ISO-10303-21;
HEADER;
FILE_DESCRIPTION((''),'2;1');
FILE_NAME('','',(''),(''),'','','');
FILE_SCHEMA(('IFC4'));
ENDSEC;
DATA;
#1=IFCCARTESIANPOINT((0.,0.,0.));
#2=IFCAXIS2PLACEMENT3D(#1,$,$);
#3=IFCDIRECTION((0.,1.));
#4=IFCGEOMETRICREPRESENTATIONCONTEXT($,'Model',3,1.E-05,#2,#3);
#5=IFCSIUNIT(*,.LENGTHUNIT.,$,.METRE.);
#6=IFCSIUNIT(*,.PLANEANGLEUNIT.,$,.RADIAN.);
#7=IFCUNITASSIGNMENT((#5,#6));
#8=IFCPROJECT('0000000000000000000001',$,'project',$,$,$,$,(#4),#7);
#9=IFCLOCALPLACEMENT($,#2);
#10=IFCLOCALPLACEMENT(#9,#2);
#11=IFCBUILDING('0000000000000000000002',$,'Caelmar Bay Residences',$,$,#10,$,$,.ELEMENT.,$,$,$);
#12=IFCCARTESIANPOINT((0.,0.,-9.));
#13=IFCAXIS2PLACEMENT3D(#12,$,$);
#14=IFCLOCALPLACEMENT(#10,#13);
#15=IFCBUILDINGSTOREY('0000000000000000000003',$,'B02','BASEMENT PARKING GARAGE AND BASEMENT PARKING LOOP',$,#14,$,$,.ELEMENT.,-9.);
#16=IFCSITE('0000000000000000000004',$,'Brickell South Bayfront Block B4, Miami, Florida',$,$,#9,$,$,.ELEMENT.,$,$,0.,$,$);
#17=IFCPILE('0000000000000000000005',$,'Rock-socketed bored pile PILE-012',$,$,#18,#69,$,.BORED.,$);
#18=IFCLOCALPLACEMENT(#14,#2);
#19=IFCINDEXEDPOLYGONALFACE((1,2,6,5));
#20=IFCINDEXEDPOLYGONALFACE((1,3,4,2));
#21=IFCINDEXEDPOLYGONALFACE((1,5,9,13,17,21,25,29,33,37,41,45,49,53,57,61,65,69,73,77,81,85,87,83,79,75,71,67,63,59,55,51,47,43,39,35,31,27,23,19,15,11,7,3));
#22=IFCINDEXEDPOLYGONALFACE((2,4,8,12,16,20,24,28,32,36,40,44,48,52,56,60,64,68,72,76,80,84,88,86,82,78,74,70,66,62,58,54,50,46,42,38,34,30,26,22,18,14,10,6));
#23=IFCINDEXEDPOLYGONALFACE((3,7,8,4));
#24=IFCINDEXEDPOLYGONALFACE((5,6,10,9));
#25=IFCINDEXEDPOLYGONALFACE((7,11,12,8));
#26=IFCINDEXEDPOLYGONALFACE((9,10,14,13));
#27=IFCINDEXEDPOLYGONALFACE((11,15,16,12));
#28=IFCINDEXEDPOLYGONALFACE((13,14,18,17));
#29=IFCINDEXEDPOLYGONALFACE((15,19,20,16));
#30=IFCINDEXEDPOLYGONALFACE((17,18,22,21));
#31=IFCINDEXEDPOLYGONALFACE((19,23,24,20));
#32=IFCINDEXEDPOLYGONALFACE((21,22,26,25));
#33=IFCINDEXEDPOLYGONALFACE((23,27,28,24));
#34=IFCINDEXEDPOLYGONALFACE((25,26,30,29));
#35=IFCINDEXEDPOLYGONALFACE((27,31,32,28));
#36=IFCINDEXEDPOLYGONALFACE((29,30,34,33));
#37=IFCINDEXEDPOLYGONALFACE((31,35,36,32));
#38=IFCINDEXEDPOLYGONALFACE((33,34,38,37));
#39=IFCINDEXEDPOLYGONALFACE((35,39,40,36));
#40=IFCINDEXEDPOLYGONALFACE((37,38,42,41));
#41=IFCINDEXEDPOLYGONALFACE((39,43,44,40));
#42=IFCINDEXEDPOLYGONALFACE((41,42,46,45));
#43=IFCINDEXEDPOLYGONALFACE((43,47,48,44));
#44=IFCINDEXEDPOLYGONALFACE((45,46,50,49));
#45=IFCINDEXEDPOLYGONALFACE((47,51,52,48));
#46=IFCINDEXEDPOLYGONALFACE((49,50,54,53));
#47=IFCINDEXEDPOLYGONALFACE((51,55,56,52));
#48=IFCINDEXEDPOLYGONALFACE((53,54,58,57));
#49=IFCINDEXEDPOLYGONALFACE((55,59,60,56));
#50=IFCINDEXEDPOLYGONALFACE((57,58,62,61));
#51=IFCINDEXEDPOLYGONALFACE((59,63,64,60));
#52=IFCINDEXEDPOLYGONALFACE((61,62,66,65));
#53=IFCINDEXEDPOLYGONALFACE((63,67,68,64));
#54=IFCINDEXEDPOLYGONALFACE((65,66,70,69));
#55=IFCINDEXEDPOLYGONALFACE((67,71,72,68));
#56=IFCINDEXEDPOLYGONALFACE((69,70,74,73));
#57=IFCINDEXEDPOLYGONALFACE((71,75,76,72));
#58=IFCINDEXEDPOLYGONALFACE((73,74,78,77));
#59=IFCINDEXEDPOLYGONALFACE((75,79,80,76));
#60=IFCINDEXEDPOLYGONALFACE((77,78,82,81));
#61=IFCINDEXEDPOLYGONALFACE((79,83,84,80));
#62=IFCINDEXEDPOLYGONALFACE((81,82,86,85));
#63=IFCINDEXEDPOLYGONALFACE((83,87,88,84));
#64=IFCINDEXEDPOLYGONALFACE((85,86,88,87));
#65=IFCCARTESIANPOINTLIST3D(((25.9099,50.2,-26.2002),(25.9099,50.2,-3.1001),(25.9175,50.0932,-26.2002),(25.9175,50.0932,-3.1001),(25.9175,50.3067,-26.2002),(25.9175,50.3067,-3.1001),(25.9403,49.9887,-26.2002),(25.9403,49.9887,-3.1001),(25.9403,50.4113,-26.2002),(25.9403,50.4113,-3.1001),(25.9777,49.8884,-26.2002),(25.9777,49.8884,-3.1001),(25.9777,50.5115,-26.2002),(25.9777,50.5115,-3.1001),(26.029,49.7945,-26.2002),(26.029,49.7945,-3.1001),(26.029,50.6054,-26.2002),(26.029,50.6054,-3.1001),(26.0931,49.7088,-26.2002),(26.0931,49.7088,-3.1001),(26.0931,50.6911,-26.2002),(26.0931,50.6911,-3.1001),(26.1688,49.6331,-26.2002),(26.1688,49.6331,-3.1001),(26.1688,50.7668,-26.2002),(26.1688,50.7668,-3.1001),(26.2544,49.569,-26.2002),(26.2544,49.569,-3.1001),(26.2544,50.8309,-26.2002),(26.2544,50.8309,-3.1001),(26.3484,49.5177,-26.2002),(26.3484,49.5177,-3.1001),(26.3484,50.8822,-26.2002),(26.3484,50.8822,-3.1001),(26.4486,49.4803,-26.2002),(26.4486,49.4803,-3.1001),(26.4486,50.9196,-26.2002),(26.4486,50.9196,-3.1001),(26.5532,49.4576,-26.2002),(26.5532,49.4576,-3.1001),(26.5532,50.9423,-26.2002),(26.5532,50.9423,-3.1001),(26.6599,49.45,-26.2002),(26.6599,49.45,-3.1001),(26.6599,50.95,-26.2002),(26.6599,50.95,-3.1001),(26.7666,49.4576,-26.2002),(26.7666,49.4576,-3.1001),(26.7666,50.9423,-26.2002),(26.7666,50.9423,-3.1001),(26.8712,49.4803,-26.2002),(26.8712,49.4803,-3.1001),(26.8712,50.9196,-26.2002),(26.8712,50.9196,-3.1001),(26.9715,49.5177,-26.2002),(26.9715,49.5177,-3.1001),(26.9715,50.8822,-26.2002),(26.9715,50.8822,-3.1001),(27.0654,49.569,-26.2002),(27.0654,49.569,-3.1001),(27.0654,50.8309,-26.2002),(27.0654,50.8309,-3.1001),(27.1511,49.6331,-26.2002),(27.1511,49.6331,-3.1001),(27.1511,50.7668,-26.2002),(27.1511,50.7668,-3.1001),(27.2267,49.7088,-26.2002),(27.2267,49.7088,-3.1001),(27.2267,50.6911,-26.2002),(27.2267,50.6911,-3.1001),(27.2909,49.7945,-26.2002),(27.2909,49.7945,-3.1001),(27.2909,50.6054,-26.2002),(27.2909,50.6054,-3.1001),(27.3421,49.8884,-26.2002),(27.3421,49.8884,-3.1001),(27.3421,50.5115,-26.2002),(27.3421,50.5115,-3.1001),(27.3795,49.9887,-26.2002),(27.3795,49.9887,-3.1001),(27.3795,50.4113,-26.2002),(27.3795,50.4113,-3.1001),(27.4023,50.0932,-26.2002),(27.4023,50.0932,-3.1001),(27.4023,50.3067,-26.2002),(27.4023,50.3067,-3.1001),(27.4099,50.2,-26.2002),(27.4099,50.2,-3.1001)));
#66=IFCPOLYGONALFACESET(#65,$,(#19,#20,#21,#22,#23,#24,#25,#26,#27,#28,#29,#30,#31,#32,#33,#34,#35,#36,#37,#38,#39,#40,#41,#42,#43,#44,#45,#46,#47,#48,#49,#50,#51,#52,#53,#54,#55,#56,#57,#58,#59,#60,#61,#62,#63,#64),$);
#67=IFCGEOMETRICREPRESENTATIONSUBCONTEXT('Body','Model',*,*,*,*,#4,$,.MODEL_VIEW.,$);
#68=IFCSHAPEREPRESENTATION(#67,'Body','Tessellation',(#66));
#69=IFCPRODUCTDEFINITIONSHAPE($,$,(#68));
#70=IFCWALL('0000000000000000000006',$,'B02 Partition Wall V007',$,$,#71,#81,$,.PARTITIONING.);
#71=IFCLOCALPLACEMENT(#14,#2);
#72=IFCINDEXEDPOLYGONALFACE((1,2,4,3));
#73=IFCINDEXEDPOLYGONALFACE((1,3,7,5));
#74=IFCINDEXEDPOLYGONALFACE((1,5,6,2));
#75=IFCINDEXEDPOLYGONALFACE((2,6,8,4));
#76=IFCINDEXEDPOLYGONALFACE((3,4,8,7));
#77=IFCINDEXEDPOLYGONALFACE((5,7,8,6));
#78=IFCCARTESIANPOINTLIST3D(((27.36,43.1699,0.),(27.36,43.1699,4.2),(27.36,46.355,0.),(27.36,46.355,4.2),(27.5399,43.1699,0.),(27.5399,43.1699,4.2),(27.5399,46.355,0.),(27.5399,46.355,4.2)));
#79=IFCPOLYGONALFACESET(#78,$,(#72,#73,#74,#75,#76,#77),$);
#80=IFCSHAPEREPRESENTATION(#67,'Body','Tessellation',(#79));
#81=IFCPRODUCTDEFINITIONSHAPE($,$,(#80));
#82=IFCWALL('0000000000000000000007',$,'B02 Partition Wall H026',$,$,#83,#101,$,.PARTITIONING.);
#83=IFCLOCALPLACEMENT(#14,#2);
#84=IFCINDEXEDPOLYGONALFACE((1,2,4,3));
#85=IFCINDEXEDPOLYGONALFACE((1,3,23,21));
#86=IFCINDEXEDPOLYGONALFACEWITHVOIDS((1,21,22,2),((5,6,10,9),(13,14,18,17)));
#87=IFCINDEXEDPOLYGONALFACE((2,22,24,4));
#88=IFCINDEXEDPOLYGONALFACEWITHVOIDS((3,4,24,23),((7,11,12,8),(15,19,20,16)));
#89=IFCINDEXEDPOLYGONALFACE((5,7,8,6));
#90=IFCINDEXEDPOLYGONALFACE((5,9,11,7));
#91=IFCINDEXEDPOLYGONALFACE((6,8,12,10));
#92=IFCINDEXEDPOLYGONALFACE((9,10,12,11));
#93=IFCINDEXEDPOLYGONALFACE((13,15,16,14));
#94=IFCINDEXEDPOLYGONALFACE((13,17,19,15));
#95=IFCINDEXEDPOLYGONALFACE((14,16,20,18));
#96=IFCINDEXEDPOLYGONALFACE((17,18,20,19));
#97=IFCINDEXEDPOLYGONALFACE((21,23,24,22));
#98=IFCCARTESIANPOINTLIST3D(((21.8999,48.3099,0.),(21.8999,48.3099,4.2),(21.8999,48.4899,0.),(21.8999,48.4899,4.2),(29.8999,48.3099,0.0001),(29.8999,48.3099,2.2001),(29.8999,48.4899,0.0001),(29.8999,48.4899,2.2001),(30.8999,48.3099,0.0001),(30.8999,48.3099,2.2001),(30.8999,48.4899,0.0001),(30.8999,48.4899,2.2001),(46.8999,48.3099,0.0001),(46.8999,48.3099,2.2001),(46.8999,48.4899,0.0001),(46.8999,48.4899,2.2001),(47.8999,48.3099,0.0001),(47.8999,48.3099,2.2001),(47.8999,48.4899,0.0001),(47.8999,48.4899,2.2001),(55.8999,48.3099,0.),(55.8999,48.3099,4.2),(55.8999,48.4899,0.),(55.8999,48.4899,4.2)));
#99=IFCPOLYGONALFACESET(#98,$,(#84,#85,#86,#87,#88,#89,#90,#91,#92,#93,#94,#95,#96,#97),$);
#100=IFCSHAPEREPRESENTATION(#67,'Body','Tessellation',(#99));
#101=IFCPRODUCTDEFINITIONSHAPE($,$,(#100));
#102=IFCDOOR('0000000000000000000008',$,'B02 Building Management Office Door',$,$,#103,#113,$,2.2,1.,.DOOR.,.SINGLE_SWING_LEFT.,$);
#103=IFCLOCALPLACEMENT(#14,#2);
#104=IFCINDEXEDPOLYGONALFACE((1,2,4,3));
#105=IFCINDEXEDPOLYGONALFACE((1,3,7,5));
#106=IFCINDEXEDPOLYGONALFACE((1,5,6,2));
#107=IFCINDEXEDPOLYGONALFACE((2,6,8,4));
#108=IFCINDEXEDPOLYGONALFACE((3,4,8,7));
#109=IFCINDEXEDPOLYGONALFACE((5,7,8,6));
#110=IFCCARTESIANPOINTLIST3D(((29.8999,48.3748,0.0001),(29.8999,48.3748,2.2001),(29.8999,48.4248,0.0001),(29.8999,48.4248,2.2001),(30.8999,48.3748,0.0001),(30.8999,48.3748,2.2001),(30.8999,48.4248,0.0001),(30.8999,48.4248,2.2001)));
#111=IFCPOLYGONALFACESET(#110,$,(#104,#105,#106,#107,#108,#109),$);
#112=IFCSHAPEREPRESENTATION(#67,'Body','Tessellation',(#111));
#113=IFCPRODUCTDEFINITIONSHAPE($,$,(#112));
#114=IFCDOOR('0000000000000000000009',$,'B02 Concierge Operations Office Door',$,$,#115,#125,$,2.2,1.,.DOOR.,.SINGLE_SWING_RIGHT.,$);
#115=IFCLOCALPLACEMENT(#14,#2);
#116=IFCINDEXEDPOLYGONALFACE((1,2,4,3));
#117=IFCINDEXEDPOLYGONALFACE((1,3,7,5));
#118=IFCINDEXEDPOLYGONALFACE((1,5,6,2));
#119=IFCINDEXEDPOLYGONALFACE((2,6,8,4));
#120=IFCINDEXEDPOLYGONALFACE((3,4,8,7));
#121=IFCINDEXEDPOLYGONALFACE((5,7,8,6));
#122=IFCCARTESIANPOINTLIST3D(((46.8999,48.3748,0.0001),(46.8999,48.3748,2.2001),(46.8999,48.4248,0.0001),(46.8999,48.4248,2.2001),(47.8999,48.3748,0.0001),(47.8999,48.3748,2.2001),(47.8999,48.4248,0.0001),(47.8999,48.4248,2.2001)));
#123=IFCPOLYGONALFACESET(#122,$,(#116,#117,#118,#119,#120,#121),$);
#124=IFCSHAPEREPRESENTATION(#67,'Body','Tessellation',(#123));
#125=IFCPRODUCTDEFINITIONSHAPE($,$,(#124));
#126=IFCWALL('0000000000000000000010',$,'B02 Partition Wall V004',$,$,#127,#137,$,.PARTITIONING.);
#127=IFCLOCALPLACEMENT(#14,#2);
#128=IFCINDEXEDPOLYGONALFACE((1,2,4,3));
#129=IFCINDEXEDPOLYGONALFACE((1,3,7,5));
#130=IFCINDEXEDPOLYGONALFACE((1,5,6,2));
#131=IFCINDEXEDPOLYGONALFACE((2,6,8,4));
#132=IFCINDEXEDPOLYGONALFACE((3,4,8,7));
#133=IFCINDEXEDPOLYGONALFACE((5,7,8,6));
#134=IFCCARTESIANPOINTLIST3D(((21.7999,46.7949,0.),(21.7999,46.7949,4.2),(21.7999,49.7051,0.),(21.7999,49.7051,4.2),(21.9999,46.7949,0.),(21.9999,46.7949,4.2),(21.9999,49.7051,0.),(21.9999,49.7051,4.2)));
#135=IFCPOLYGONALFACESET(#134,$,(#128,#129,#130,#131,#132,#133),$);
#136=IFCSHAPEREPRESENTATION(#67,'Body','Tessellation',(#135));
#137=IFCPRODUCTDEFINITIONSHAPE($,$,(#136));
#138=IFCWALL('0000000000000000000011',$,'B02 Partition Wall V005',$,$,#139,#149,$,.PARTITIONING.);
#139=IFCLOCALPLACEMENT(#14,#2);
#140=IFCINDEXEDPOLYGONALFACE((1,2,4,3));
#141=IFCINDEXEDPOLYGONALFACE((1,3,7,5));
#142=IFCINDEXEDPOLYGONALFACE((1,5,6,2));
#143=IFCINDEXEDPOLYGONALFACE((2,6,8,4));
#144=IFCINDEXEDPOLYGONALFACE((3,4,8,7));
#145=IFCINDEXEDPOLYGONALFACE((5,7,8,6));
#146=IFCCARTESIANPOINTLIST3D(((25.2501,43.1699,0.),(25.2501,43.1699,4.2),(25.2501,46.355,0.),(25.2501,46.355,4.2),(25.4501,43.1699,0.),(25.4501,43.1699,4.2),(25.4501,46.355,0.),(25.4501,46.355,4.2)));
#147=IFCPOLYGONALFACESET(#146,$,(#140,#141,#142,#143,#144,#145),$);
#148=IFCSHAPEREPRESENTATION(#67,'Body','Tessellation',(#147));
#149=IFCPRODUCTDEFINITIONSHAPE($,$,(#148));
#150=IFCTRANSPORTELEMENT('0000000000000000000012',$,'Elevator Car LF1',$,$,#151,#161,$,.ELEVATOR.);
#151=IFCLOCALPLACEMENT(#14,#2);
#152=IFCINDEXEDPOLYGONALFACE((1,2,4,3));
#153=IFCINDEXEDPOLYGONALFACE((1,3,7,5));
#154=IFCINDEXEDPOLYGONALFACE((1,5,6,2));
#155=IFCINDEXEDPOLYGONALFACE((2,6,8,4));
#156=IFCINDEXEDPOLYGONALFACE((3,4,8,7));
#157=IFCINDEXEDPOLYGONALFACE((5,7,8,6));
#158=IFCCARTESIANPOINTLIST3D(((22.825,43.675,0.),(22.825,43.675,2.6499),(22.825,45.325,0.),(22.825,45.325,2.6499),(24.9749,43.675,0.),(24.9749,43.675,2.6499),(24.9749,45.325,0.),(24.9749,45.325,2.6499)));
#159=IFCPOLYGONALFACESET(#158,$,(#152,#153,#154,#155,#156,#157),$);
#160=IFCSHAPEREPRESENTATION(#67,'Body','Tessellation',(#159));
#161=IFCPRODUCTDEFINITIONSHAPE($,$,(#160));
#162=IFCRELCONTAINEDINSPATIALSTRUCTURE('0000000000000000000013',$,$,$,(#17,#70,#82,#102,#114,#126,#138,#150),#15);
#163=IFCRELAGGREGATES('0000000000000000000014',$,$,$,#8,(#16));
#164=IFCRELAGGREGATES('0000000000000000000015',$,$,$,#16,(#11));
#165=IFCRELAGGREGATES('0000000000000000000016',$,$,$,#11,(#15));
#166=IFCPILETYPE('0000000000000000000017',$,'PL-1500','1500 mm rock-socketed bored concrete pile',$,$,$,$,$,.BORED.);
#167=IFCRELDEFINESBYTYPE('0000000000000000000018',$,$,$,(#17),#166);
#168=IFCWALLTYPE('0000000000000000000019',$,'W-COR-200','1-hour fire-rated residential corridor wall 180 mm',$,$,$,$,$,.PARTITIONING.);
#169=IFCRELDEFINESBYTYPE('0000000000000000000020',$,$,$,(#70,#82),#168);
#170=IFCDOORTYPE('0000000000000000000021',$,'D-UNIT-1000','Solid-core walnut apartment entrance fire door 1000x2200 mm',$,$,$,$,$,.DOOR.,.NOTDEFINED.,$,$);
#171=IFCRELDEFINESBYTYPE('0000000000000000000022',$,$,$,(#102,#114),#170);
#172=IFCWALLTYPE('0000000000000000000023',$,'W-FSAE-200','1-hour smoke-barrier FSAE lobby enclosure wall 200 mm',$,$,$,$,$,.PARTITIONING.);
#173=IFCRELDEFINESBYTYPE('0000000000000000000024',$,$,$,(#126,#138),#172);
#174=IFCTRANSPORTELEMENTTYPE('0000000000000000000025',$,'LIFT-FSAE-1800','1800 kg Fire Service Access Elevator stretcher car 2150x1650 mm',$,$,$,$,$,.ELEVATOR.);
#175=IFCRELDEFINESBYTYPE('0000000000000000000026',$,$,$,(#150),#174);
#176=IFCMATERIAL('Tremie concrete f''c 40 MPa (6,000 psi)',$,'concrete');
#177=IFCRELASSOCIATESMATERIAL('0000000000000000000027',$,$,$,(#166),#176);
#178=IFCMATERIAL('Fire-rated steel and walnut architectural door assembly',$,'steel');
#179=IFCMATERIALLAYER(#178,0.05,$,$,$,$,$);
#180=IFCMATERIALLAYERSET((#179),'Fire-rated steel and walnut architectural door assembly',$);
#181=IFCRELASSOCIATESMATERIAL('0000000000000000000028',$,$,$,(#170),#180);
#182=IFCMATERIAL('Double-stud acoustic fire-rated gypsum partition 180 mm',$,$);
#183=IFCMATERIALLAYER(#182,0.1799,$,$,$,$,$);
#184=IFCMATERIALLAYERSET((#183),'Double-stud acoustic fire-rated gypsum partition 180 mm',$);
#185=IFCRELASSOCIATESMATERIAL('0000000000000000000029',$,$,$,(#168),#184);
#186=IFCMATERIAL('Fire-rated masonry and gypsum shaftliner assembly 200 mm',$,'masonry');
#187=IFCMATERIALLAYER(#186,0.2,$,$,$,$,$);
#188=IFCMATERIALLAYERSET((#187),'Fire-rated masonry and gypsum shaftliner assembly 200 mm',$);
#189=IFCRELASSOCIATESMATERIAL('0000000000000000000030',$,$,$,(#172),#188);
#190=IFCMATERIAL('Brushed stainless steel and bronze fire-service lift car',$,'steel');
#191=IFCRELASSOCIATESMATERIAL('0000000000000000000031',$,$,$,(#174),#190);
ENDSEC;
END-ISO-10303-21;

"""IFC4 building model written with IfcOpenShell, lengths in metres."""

from ifc_helpers import new_model, si_unit, direction, frame, frame_2d, origin, origin_2d, place, context, subcontext, project, spatial, rectangle, circle, extrude, material, layer, layer_set, material_profile, profile_set, type_object, element, fill, save


model = new_model("IFC4")

# Units and contexts
model_context = context("Model", 3, precision=1e-05, world=origin(), true_north=direction((0.0, 1.0)))
body_context = subcontext(model_context, "Body", "Model", "MODEL_VIEW")
ifc_project = project(units=[si_unit("LENGTHUNIT", "METRE"), si_unit("PLANEANGLEUNIT", "RADIAN")], contexts=[model_context])

# Site, building, storey
site_placement = place(None, origin())
site = spatial("IfcSite", under=ifc_project, at=site_placement, Name="Brickell South Bayfront Block B4, Miami, Florida", CompositionType="ELEMENT", RefElevation=0.0)
building_placement = place(site_placement, origin())
building = spatial("IfcBuilding", under=site, at=building_placement, Name="Caelmar Bay Residences", CompositionType="ELEMENT")
storey_placement = place(building_placement, frame((0.0, 0.0, -9.0)))
storey = spatial("IfcBuildingStorey", under=building, at=storey_placement, Name="B02", Description="BASEMENT PARKING GARAGE AND BASEMENT PARKING LOOP", CompositionType="ELEMENT", Elevation=-9.0)

# Pile
ifc_material_1 = material(Name="Tremie concrete f'c 40 MPa (6,000 psi)", Category="concrete")
ifc_material_profile = material_profile(ifc_material_1, circle(Radius=0.75, at=origin_2d()), Name="PILE-1500D")
ifc_profile_set = profile_set([ifc_material_profile], Name="Tremie concrete f'c 40 MPa (6,000 psi)")
pile_type = type_object("IfcPileType", Name="PL-1500", Description="1500 mm rock-socketed bored concrete pile", PredefinedType="BORED", material=ifc_profile_set)
for number, where, z_axis, x_axis, name in (
    (1, (26.6599, 50.2, -3.1001), (0.0, 0.0, -1.0), (1.0, 0.0, 0.0), "Rock-socketed bored pile PILE-012"),
):
    element("IfcPile", number, at=place(storey_placement, frame(where, z_axis=z_axis, x_axis=x_axis)), inside=storey, type_object=pile_type, Name=name, PredefinedType="BORED", context=body_context, shape_type="SweptSolid", body=[
        extrude(circle(Radius=0.75, at=origin_2d()), origin(), (0.0, 0.0, 1.0), 23.1001),
    ])

# Shared definitions
ifc_material_2 = material(Name="Fire-rated steel and walnut architectural door assembly", Category="steel")
ifc_layer_1 = layer(ifc_material_2, 0.05)
ifc_layer_set_1 = layer_set([ifc_layer_1], Name="Fire-rated steel and walnut architectural door assembly")
door_type_1 = type_object("IfcDoorType", Name="D-UNIT-1000", Description="Solid-core walnut apartment entrance fire door 1000x2200 mm", OperationType="NOTDEFINED", PredefinedType="DOOR", material=ifc_layer_set_1)

# Wall
ifc_material_3 = material(Name="Double-stud acoustic fire-rated gypsum partition 180 mm")
ifc_layer_2 = layer(ifc_material_3, 0.1799)
ifc_layer_set_2 = layer_set([ifc_layer_2], Name="Double-stud acoustic fire-rated gypsum partition 180 mm")
wall_type_1 = type_object("IfcWallType", Name="W-COR-200", Description="1-hour fire-rated residential corridor wall 180 mm", PredefinedType="PARTITIONING", material=ifc_layer_set_2)
wall_1_placement = place(storey_placement, frame((27.45, 43.1699, 0.0), z_axis=(0.0, 0.0, 1.0), x_axis=(0.0, 1.0, 0.0)))
element("IfcWall", 2, at=wall_1_placement, inside=storey, type_object=wall_type_1, Name="B02 Partition Wall V007", PredefinedType="PARTITIONING", context=body_context, shape_type="SweptSolid", body=[
    extrude(rectangle(XDim=3.1851, YDim=0.1799, at=frame_2d((1.5925, 0.0))), origin(), (0.0, 0.0, 1.0), 4.2),
])

# Wall, openings, doors
wall_2_placement = place(storey_placement, frame((21.8999, 48.3999, 0.0), z_axis=(0.0, 0.0, 1.0), x_axis=(1.0, 0.0, 0.0)))
wall_2 = element("IfcWall", 3, at=wall_2_placement, inside=storey, type_object=wall_type_1, Name="B02 Partition Wall H026", PredefinedType="PARTITIONING", context=body_context, shape_type="SweptSolid", body=[
    extrude(rectangle(XDim=34.0, YDim=0.1799, at=frame_2d((17.0, 0.0))), origin(), (0.0, 0.0, 1.0), 4.2),
])
opening_1_placement = place(wall_2_placement, frame((8.0, 0.0, 0.0)))
opening_1 = element("IfcOpeningElement", 4, at=opening_1_placement, cuts=wall_2, PredefinedType="OPENING", context=body_context, shape_type="SweptSolid", body=[
    extrude(rectangle(XDim=1.0, YDim=2.2, at=frame_2d((0.5, 1.1001))), frame((0.0, 0.0999, 0.0), z_axis=(0.0, -1.0, 0.0), x_axis=(1.0, 0.0, 0.0)), (0.0, 0.0, 1.0), 0.2),
])
opening_2_placement = place(wall_2_placement, frame((25.0, 0.0, 0.0)))
opening_2 = element("IfcOpeningElement", 5, at=opening_2_placement, cuts=wall_2, PredefinedType="OPENING", context=body_context, shape_type="SweptSolid", body=[
    extrude(rectangle(XDim=1.0, YDim=2.2, at=frame_2d((0.5, 1.1001))), frame((0.0, 0.0999, 0.0), z_axis=(0.0, -1.0, 0.0), x_axis=(1.0, 0.0, 0.0)), (0.0, 0.0, 1.0), 0.2),
])
door_1_placement = place(opening_1_placement, origin())
door_1 = element("IfcDoor", 6, at=door_1_placement, inside=storey, type_object=door_type_1, Name="B02 Building Management Office Door", OperationType="SINGLE_SWING_LEFT", OverallHeight=2.2, OverallWidth=1.0, PredefinedType="DOOR", context=body_context, shape_type="SweptSolid", body=[
    extrude(rectangle(XDim=1.0, YDim=2.2, at=frame_2d((0.5, 1.1001))), frame((0.0, 0.0249, 0.0), z_axis=(0.0, -1.0, 0.0), x_axis=(1.0, 0.0, 0.0)), (0.0, 0.0, 1.0), 0.05),
])
fill(opening_1, door_1)
door_2_placement = place(opening_2_placement, origin())
door_2 = element("IfcDoor", 7, at=door_2_placement, inside=storey, type_object=door_type_1, Name="B02 Concierge Operations Office Door", OperationType="SINGLE_SWING_RIGHT", OverallHeight=2.2, OverallWidth=1.0, PredefinedType="DOOR", context=body_context, shape_type="SweptSolid", body=[
    extrude(rectangle(XDim=1.0, YDim=2.2, at=frame_2d((0.5, 1.1001))), frame((0.0, 0.0249, 0.0), z_axis=(0.0, -1.0, 0.0), x_axis=(1.0, 0.0, 0.0)), (0.0, 0.0, 1.0), 0.05),
])
fill(opening_2, door_2)

# Walls
ifc_material_4 = material(Name="Fire-rated masonry and gypsum shaftliner assembly 200 mm", Category="masonry")
ifc_layer_3 = layer(ifc_material_4, 0.2)
ifc_layer_set_3 = layer_set([ifc_layer_3], Name="Fire-rated masonry and gypsum shaftliner assembly 200 mm")
wall_type_2 = type_object("IfcWallType", Name="W-FSAE-200", Description="1-hour smoke-barrier FSAE lobby enclosure wall 200 mm", PredefinedType="PARTITIONING", material=ifc_layer_set_3)
wall_3_placement = place(storey_placement, frame((21.8999, 46.7949, 0.0), z_axis=(0.0, 0.0, 1.0), x_axis=(0.0, 1.0, 0.0)))
element("IfcWall", 8, at=wall_3_placement, inside=storey, type_object=wall_type_2, Name="B02 Partition Wall V004", PredefinedType="PARTITIONING", context=body_context, shape_type="SweptSolid", body=[
    extrude(rectangle(XDim=2.9102, YDim=0.2, at=frame_2d((1.4551, 0.0))), origin(), (0.0, 0.0, 1.0), 4.2),
])
wall_4_placement = place(storey_placement, frame((25.3501, 43.1699, 0.0), z_axis=(0.0, 0.0, 1.0), x_axis=(0.0, 1.0, 0.0)))
element("IfcWall", 9, at=wall_4_placement, inside=storey, type_object=wall_type_2, Name="B02 Partition Wall V005", PredefinedType="PARTITIONING", context=body_context, shape_type="SweptSolid", body=[
    extrude(rectangle(XDim=3.1851, YDim=0.2, at=frame_2d((1.5925, 0.0))), origin(), (0.0, 0.0, 1.0), 4.2),
])

# Transport element
ifc_material_5 = material(Name="Brushed stainless steel and bronze fire-service lift car", Category="steel")
transport_element_type = type_object("IfcTransportElementType", Name="LIFT-FSAE-1800", Description="1800 kg Fire Service Access Elevator stretcher car 2150x1650 mm", PredefinedType="ELEVATOR", material=ifc_material_5)
transport_element_placement = place(storey_placement, frame((23.8999, 44.5, 0.0), z_axis=(0.0, 0.0, 1.0), x_axis=(1.0, 0.0, 0.0)))
element("IfcTransportElement", 10, at=transport_element_placement, inside=storey, type_object=transport_element_type, Name="Elevator Car LF1", PredefinedType="ELEVATOR", context=body_context, shape_type="SweptSolid", body=[
    extrude(rectangle(XDim=2.1499, YDim=1.6499, at=origin_2d()), origin(), (0.0, 0.0, 1.0), 2.6499),
])

save(model, "model.ifc")
